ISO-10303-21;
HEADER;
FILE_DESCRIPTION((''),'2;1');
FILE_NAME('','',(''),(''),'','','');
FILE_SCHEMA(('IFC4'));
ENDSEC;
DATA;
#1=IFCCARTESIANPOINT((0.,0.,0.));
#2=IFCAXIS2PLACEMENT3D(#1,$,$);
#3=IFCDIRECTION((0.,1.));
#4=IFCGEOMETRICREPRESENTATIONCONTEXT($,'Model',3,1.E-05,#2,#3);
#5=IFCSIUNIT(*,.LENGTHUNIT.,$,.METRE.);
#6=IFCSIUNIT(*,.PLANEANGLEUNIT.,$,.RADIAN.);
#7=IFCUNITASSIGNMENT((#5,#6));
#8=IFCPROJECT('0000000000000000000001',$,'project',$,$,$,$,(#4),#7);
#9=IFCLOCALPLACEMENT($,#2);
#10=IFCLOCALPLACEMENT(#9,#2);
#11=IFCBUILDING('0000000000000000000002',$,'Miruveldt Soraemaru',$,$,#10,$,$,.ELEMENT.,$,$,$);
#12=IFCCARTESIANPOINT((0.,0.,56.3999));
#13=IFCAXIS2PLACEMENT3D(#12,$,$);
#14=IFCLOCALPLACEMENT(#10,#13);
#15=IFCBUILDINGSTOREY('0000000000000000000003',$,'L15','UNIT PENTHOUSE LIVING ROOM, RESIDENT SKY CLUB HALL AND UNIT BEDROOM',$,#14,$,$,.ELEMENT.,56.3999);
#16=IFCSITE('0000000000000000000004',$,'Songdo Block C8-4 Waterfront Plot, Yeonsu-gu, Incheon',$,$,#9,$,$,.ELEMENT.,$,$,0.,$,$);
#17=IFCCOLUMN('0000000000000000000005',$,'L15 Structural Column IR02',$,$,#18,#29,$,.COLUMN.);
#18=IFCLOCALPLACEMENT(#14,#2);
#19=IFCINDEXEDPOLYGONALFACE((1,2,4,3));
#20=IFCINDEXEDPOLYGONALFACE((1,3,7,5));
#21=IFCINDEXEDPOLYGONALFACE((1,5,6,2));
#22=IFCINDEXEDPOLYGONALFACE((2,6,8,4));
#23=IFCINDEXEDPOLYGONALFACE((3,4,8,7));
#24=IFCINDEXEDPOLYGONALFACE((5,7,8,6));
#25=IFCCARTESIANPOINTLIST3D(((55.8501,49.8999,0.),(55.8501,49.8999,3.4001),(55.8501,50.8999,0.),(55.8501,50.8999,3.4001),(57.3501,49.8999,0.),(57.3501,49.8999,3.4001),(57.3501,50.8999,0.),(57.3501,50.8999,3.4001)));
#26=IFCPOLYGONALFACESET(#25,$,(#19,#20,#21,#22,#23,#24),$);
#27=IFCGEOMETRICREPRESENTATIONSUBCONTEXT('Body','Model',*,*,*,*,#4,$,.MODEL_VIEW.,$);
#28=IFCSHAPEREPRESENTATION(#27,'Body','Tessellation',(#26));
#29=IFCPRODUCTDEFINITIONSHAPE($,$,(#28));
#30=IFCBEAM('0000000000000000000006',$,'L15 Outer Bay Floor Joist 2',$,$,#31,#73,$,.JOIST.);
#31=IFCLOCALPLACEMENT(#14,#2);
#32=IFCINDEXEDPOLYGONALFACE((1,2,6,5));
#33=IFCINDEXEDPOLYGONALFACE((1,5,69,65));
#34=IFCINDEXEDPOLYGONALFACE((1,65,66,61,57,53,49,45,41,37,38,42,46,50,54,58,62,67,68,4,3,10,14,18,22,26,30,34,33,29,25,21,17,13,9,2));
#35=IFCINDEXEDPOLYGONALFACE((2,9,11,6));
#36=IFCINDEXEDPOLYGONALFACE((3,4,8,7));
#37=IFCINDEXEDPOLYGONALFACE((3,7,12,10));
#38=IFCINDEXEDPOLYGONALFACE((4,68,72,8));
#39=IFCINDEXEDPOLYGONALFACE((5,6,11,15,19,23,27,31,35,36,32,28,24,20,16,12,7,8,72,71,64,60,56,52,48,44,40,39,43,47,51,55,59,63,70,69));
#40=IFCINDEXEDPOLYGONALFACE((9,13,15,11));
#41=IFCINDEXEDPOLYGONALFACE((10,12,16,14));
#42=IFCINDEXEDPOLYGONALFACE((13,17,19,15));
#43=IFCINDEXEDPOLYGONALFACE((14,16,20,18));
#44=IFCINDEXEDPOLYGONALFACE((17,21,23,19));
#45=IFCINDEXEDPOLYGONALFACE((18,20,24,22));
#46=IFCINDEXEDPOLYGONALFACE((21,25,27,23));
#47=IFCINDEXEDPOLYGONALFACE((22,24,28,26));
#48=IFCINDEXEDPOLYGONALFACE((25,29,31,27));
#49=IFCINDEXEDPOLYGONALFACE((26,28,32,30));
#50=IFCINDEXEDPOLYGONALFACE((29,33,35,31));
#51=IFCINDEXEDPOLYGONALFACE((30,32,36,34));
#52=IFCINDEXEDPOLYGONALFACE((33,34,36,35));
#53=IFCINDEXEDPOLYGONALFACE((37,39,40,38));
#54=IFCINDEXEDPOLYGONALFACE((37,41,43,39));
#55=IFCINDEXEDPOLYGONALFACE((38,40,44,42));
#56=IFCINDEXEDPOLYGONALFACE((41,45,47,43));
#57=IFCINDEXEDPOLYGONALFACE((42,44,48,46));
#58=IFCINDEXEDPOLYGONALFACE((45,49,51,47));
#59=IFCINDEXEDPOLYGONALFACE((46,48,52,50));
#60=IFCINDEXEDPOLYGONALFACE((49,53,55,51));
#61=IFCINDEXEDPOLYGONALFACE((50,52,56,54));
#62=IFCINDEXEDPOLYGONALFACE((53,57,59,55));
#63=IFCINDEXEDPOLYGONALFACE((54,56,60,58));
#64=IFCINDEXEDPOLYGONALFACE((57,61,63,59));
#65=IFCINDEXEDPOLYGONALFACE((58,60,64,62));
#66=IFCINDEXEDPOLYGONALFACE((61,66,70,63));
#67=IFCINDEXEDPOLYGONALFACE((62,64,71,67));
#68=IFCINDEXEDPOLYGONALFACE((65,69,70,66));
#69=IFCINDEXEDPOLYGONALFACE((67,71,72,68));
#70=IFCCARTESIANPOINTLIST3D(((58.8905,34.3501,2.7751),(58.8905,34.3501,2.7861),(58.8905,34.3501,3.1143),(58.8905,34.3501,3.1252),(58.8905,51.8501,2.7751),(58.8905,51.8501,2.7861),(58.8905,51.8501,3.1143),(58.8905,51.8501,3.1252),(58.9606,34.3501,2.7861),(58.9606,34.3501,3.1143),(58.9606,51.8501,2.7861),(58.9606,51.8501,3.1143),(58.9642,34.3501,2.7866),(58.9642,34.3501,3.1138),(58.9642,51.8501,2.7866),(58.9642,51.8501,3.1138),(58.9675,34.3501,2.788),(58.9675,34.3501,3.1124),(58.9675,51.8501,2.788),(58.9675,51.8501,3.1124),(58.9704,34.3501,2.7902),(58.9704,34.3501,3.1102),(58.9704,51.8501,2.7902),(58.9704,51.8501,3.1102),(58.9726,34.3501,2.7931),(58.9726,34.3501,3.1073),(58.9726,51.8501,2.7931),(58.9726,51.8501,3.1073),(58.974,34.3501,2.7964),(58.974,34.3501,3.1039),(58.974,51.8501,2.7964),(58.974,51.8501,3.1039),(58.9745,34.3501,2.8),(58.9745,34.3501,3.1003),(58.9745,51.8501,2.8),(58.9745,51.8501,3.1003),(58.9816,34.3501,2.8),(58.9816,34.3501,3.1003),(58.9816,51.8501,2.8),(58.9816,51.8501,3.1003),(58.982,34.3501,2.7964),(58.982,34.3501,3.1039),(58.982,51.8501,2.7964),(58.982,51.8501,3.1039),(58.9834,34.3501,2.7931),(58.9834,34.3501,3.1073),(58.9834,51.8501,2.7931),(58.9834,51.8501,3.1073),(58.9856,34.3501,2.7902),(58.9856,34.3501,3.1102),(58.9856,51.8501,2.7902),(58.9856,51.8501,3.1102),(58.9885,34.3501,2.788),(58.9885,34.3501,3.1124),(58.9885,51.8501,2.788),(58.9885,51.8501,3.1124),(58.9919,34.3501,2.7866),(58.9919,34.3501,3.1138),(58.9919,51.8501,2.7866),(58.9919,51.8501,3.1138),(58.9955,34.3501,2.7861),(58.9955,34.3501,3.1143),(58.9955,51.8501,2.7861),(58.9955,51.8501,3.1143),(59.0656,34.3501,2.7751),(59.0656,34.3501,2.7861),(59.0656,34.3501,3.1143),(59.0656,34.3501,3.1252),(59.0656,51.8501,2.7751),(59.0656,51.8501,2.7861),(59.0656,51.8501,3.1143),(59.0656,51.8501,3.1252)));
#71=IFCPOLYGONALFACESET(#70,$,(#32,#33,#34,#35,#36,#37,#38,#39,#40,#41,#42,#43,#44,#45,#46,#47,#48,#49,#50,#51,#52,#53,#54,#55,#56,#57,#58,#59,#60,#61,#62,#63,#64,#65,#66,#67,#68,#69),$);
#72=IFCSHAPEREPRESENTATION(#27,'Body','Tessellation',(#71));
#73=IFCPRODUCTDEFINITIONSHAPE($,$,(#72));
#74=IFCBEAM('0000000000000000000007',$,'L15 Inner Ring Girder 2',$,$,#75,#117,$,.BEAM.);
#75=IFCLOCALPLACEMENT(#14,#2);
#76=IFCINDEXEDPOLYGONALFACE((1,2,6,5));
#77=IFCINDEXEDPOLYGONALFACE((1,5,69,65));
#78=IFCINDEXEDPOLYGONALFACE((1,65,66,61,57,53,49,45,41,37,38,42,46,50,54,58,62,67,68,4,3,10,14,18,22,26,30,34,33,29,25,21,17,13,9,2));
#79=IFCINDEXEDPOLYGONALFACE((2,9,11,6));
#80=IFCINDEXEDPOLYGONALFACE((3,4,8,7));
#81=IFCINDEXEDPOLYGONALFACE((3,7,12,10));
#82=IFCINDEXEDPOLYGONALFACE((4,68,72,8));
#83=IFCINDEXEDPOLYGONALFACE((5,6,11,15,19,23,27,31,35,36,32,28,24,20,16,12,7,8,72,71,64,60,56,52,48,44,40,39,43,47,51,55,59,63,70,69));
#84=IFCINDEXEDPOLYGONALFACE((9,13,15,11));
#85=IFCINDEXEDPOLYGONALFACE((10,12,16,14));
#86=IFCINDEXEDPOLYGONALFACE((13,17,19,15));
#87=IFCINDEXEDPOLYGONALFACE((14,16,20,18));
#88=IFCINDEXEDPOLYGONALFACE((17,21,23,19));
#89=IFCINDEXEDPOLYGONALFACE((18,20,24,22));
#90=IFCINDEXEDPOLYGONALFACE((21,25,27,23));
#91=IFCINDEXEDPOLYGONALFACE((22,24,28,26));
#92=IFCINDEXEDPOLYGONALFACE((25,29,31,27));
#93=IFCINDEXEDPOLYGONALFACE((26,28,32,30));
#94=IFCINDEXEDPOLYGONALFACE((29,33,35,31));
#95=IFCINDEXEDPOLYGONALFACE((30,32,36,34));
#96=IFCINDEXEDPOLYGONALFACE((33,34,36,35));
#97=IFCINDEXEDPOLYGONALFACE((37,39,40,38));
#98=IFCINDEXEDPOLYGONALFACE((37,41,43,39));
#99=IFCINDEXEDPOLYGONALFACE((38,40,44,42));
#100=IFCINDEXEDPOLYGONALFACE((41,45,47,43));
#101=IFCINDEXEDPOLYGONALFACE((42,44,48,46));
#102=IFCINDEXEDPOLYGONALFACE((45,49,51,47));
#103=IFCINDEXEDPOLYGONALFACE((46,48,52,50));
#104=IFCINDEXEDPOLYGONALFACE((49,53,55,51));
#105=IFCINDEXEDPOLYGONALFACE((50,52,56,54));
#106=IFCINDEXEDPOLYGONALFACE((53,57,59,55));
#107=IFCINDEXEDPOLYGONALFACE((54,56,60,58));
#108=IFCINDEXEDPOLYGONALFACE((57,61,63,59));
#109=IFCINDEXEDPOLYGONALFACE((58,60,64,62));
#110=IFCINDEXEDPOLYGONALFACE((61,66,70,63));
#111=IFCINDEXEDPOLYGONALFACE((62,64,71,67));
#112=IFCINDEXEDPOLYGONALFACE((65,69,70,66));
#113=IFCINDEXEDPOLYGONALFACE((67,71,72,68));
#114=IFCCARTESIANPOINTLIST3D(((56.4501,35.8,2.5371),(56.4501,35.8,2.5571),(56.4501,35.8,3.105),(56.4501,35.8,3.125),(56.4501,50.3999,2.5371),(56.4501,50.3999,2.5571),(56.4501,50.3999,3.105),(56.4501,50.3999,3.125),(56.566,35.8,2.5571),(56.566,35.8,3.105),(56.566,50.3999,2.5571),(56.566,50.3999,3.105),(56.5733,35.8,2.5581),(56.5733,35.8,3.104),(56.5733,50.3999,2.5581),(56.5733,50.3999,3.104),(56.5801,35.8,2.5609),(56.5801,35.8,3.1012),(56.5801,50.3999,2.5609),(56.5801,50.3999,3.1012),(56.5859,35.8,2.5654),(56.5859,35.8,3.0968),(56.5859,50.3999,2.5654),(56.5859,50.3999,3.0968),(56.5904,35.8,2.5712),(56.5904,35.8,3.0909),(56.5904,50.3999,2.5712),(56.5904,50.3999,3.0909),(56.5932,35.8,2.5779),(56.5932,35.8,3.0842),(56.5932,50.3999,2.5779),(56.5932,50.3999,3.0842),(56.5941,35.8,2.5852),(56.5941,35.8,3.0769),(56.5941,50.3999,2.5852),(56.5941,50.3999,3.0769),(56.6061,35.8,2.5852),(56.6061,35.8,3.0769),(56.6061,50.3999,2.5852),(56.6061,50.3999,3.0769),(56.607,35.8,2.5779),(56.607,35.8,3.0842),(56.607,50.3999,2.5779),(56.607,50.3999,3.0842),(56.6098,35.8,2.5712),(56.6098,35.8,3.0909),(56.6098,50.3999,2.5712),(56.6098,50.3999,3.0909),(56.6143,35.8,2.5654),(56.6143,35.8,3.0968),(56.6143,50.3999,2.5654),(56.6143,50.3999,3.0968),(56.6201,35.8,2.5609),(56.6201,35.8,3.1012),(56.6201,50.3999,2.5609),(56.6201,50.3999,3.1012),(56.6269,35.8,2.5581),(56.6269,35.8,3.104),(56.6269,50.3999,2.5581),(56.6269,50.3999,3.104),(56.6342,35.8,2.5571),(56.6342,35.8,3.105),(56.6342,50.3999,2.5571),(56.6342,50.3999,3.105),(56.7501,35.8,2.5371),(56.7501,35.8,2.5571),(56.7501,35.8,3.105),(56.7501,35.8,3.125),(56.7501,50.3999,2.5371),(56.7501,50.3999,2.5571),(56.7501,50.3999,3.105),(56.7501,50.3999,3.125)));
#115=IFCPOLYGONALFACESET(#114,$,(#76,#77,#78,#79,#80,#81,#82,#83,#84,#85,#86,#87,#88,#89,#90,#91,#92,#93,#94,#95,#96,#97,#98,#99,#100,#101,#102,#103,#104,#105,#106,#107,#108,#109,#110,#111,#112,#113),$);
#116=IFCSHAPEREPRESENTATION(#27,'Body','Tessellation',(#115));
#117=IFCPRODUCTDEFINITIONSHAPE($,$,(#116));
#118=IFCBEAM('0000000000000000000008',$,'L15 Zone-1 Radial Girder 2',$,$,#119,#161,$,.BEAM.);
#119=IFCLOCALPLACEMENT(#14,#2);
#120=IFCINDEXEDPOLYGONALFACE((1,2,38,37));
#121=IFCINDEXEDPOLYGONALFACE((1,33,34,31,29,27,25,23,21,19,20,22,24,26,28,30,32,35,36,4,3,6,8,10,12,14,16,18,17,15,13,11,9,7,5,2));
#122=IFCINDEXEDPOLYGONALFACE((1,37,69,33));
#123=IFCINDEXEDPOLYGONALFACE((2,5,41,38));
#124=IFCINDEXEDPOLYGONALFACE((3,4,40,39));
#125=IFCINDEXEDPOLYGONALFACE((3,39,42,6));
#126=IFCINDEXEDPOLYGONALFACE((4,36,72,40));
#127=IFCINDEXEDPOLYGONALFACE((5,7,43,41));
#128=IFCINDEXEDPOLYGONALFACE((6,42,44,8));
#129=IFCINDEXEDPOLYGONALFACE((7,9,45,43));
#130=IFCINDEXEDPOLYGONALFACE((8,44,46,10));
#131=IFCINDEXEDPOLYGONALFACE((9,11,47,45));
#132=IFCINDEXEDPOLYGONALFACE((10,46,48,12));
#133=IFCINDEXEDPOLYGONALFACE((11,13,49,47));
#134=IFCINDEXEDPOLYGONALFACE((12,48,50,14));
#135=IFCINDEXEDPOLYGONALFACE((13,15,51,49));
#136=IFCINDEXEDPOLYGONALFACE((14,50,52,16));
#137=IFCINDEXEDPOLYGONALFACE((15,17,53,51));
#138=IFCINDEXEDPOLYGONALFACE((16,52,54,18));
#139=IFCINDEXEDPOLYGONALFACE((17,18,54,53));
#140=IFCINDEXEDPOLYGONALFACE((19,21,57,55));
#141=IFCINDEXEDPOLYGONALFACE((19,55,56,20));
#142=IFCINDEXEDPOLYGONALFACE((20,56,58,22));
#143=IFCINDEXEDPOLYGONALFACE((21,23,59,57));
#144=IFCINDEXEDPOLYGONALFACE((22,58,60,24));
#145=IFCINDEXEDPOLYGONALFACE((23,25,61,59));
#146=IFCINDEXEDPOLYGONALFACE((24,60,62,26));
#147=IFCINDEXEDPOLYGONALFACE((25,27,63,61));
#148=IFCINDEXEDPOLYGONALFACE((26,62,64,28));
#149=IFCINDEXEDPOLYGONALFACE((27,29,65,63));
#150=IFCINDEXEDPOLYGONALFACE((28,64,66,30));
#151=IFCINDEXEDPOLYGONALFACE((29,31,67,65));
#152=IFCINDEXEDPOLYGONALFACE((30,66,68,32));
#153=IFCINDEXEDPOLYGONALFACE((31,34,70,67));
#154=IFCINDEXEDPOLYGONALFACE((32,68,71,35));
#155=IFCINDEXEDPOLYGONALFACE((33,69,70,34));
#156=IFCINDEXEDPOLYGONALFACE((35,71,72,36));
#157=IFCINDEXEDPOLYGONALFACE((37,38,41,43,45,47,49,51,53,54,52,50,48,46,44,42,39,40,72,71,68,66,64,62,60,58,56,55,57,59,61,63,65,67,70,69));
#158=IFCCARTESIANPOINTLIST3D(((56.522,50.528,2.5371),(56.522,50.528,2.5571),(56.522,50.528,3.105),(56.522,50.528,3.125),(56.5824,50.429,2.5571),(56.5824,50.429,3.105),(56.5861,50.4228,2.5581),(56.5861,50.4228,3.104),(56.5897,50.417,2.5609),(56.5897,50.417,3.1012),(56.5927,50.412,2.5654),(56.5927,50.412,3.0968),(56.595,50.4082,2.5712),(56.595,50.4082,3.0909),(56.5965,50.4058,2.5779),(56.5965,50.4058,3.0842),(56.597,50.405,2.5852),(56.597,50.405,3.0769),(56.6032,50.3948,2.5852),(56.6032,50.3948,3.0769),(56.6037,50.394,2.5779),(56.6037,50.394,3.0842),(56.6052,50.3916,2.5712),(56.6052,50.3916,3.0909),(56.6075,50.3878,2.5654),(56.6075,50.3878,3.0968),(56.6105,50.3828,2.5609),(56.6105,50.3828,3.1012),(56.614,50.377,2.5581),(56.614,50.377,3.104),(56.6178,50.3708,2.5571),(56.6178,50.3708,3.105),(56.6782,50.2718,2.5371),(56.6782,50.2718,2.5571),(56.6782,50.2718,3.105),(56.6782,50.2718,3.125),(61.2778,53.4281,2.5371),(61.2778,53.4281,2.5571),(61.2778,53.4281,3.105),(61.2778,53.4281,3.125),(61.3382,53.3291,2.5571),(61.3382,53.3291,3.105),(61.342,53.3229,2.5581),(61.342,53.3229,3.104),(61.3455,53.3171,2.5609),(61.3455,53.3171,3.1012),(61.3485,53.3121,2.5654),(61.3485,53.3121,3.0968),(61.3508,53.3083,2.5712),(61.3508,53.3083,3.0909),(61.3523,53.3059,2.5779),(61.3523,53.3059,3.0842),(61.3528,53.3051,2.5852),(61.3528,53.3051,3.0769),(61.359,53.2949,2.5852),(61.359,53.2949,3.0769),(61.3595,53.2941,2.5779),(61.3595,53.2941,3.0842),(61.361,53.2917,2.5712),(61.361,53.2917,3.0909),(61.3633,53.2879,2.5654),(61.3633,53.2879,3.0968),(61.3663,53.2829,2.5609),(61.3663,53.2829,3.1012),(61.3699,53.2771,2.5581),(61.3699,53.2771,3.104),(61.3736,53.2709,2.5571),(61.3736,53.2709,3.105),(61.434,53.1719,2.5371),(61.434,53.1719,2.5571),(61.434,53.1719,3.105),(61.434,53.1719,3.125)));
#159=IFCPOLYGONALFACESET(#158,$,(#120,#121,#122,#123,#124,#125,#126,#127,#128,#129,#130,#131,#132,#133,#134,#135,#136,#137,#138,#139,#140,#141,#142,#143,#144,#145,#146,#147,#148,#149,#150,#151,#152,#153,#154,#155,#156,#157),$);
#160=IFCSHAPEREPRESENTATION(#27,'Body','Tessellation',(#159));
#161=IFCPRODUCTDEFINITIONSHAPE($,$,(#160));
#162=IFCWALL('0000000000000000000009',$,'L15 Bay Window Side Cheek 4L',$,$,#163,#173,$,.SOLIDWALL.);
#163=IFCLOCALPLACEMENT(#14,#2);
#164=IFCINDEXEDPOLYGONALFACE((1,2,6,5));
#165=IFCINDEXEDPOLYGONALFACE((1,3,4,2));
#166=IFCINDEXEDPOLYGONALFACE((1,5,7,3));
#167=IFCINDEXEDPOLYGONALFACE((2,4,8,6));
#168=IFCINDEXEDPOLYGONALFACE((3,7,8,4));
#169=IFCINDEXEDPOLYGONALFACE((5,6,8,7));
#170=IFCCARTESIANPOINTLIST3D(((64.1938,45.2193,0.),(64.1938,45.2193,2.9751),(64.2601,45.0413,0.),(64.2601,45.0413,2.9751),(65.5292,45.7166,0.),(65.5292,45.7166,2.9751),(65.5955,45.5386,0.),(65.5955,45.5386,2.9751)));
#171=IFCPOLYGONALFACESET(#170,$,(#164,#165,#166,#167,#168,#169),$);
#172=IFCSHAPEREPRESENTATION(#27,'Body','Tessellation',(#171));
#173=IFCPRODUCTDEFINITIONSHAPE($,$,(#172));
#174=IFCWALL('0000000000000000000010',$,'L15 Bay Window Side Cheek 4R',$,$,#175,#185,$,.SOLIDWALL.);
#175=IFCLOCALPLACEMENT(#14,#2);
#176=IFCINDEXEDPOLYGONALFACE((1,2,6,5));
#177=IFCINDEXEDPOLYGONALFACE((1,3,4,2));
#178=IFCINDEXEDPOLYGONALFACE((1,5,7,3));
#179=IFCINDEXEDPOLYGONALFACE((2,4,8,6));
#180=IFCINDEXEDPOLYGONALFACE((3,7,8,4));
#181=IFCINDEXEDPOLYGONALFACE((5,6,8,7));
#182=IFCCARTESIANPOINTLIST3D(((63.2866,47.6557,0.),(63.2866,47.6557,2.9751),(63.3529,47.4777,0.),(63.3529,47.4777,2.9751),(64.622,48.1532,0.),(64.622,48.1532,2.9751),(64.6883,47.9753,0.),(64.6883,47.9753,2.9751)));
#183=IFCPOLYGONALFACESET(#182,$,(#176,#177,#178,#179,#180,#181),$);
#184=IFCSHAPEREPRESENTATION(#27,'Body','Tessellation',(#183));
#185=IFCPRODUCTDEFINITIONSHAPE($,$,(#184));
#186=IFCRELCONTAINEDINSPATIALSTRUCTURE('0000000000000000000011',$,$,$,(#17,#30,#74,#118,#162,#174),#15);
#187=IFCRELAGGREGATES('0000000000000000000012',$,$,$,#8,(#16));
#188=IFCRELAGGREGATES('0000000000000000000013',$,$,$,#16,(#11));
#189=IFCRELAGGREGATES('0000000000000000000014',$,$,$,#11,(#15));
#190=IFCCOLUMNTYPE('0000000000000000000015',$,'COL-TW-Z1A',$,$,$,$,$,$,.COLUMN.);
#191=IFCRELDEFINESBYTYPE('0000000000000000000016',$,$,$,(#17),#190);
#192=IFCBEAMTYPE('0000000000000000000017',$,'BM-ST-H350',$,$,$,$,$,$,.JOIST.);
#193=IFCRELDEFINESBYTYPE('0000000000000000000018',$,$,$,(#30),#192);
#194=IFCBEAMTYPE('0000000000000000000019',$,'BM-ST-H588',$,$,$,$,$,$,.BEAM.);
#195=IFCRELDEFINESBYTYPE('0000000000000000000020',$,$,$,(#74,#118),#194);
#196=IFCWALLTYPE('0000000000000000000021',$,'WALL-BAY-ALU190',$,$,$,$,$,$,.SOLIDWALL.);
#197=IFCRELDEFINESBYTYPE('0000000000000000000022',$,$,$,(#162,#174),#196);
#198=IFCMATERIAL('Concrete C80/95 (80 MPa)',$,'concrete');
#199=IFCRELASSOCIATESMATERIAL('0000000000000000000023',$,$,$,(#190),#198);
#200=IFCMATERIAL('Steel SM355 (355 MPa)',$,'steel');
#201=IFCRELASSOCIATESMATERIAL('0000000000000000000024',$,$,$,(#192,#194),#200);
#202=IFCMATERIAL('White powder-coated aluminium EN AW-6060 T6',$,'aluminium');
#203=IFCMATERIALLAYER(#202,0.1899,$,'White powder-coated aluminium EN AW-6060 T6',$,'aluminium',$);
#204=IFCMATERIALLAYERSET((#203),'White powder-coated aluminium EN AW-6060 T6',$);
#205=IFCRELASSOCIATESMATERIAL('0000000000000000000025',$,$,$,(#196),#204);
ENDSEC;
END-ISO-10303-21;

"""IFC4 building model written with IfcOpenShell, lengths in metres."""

from ifc_helpers import new_model, si_unit, direction, frame, frame_2d, origin, origin_2d, place, context, subcontext, project, spatial, rectangle, i_section, extrude, material, layer, layer_set, material_profile, profile_set, type_object, element, save


model = new_model("IFC4")

# Units and contexts
model_context = context("Model", 3, precision=1e-05, world=origin(), true_north=direction((0.0, 1.0)))
body_context = subcontext(model_context, "Body", "Model", "MODEL_VIEW")
ifc_project = project(units=[si_unit("LENGTHUNIT", "METRE"), si_unit("PLANEANGLEUNIT", "RADIAN")], contexts=[model_context])

# Site, building, storey
site_placement = place(None, origin())
site = spatial("IfcSite", under=ifc_project, at=site_placement, Name="Songdo Block C8-4 Waterfront Plot, Yeonsu-gu, Incheon", CompositionType="ELEMENT", RefElevation=0.0)
building_placement = place(site_placement, origin())
building = spatial("IfcBuilding", under=site, at=building_placement, Name="Miruveldt Soraemaru", CompositionType="ELEMENT")
storey_placement = place(building_placement, frame((0.0, 0.0, 56.3999)))
storey = spatial("IfcBuildingStorey", under=building, at=storey_placement, Name="L15", Description="UNIT PENTHOUSE LIVING ROOM, RESIDENT SKY CLUB HALL AND UNIT BEDROOM", CompositionType="ELEMENT", Elevation=56.3999)

# Column
ifc_material_1 = material(Name="Concrete C80/95 (80 MPa)", Category="concrete")
ifc_material_profile_1 = material_profile(ifc_material_1, rectangle(XDim=1.5, YDim=1.0, at=origin_2d()), Name="Concrete C80/95 (80 MPa)", Category="concrete")
ifc_profile_set_1 = profile_set([ifc_material_profile_1], Name="Concrete C80/95 (80 MPa)")
column_type = type_object("IfcColumnType", Name="COL-TW-Z1A", PredefinedType="COLUMN", material=ifc_profile_set_1)
column_placement = place(storey_placement, frame((56.6001, 50.3999, 0.0), z_axis=(0.0, 0.0, 1.0), x_axis=(1.0, 0.0, 0.0)))
element("IfcColumn", 1, at=column_placement, inside=storey, type_object=column_type, Name="L15 Structural Column IR02", PredefinedType="COLUMN", context=body_context, shape_type="SweptSolid", body=[
    extrude(rectangle(XDim=1.5, YDim=1.0, at=origin_2d()), origin(), (0.0, 0.0, 1.0), 3.4001),
])

# Beams
ifc_material_2 = material(Name="Steel SM355 (355 MPa)", Category="steel")
ifc_material_profile_2 = material_profile(ifc_material_2, i_section(OverallWidth=0.175, OverallDepth=0.3501, WebThickness=0.0071, FlangeThickness=0.011, FilletRadius=0.0139, at=origin_2d()), Name="Steel SM355 (355 MPa)", Category="steel")
ifc_profile_set_2 = profile_set([ifc_material_profile_2], Name="Steel SM355 (355 MPa)")
beam_type_1 = type_object("IfcBeamType", Name="BM-ST-H350", PredefinedType="JOIST", material=ifc_profile_set_2)
beam_1_placement = place(storey_placement, frame((58.978, 51.8501, 2.9502), z_axis=(0.0, -1.0, 0.0), x_axis=(1.0, 0.0, 0.0)))
element("IfcBeam", 2, at=beam_1_placement, inside=storey, type_object=beam_type_1, Name="L15 Outer Bay Floor Joist 2", PredefinedType="JOIST", context=body_context, shape_type="SweptSolid", body=[
    extrude(i_section(OverallWidth=0.175, OverallDepth=0.3501, WebThickness=0.0071, FlangeThickness=0.011, FilletRadius=0.0139, at=origin_2d()), origin(), (0.0, 0.0, 1.0), 17.5),
])
ifc_material_profile_3 = material_profile(ifc_material_2, i_section(OverallWidth=0.3, OverallDepth=0.5879, WebThickness=0.012, FlangeThickness=0.02, FilletRadius=0.0281, at=origin_2d()), Name="Steel SM355 (355 MPa)", Category="steel")
ifc_profile_set_3 = profile_set([ifc_material_profile_3], Name="Steel SM355 (355 MPa)")
beam_type_2 = type_object("IfcBeamType", Name="BM-ST-H588", PredefinedType="BEAM", material=ifc_profile_set_3)
beam_2_placement = place(storey_placement, frame((56.6001, 50.3999, 2.8311), z_axis=(0.0, -1.0, 0.0), x_axis=(1.0, 0.0, 0.0)))
element("IfcBeam", 3, at=beam_2_placement, inside=storey, type_object=beam_type_2, Name="L15 Inner Ring Girder 2", PredefinedType="BEAM", context=body_context, shape_type="SweptSolid", body=[
    extrude(i_section(OverallWidth=0.3, OverallDepth=0.5879, WebThickness=0.012, FlangeThickness=0.02, FilletRadius=0.0281, at=origin_2d()), origin(), (0.0, 0.0, 1.0), 14.5999),
])
beam_3_placement = place(storey_placement, frame((56.6001, 50.3999, 2.8311), z_axis=(0.853778, 0.520638, 0.0), x_axis=(-0.520638, 0.853778, 0.0)))
element("IfcBeam", 4, at=beam_3_placement, inside=storey, type_object=beam_type_2, Name="L15 Zone-1 Radial Girder 2", PredefinedType="BEAM", context=body_context, shape_type="SweptSolid", body=[
    extrude(i_section(OverallWidth=0.3, OverallDepth=0.5879, WebThickness=0.012, FlangeThickness=0.02, FilletRadius=0.0281, at=origin_2d()), origin(), (0.0, 0.0, 1.0), 5.5703),
])

# Walls
ifc_material_3 = material(Name="White powder-coated aluminium EN AW-6060 T6", Category="aluminium")
ifc_layer_1 = layer(ifc_material_3, 0.1899, Name="White powder-coated aluminium EN AW-6060 T6", Category="aluminium")
ifc_layer_set_1 = layer_set([ifc_layer_1], Name="White powder-coated aluminium EN AW-6060 T6")
wall_type_1 = type_object("IfcWallType", Name="WALL-BAY-ALU190", PredefinedType="SOLIDWALL", material=ifc_layer_set_1)
for number, where, z_axis, x_axis, name in (
    (5, (64.2271, 45.1304, 0.0), (0.0, 0.0, 1.0), (0.937129, 0.348982, 0.0), "L15 Bay Window Side Cheek 4L"),
    (6, (64.655, 48.0642, 0.0), (0.0, 0.0, 1.0), (-0.937073, -0.349133, 0.0), "L15 Bay Window Side Cheek 4R"),
):
    element("IfcWall", number, at=place(storey_placement, frame(where, z_axis=z_axis, x_axis=x_axis)), inside=storey, type_object=wall_type_1, Name=name, PredefinedType="SOLIDWALL", context=body_context, shape_type="SweptSolid", body=[
        extrude(rectangle(XDim=1.425, YDim=0.1899, at=frame_2d((0.7124, 0.0))), origin(), (0.0, 0.0, 1.0), 2.9751),
    ])

save(model, "model.ifc")
